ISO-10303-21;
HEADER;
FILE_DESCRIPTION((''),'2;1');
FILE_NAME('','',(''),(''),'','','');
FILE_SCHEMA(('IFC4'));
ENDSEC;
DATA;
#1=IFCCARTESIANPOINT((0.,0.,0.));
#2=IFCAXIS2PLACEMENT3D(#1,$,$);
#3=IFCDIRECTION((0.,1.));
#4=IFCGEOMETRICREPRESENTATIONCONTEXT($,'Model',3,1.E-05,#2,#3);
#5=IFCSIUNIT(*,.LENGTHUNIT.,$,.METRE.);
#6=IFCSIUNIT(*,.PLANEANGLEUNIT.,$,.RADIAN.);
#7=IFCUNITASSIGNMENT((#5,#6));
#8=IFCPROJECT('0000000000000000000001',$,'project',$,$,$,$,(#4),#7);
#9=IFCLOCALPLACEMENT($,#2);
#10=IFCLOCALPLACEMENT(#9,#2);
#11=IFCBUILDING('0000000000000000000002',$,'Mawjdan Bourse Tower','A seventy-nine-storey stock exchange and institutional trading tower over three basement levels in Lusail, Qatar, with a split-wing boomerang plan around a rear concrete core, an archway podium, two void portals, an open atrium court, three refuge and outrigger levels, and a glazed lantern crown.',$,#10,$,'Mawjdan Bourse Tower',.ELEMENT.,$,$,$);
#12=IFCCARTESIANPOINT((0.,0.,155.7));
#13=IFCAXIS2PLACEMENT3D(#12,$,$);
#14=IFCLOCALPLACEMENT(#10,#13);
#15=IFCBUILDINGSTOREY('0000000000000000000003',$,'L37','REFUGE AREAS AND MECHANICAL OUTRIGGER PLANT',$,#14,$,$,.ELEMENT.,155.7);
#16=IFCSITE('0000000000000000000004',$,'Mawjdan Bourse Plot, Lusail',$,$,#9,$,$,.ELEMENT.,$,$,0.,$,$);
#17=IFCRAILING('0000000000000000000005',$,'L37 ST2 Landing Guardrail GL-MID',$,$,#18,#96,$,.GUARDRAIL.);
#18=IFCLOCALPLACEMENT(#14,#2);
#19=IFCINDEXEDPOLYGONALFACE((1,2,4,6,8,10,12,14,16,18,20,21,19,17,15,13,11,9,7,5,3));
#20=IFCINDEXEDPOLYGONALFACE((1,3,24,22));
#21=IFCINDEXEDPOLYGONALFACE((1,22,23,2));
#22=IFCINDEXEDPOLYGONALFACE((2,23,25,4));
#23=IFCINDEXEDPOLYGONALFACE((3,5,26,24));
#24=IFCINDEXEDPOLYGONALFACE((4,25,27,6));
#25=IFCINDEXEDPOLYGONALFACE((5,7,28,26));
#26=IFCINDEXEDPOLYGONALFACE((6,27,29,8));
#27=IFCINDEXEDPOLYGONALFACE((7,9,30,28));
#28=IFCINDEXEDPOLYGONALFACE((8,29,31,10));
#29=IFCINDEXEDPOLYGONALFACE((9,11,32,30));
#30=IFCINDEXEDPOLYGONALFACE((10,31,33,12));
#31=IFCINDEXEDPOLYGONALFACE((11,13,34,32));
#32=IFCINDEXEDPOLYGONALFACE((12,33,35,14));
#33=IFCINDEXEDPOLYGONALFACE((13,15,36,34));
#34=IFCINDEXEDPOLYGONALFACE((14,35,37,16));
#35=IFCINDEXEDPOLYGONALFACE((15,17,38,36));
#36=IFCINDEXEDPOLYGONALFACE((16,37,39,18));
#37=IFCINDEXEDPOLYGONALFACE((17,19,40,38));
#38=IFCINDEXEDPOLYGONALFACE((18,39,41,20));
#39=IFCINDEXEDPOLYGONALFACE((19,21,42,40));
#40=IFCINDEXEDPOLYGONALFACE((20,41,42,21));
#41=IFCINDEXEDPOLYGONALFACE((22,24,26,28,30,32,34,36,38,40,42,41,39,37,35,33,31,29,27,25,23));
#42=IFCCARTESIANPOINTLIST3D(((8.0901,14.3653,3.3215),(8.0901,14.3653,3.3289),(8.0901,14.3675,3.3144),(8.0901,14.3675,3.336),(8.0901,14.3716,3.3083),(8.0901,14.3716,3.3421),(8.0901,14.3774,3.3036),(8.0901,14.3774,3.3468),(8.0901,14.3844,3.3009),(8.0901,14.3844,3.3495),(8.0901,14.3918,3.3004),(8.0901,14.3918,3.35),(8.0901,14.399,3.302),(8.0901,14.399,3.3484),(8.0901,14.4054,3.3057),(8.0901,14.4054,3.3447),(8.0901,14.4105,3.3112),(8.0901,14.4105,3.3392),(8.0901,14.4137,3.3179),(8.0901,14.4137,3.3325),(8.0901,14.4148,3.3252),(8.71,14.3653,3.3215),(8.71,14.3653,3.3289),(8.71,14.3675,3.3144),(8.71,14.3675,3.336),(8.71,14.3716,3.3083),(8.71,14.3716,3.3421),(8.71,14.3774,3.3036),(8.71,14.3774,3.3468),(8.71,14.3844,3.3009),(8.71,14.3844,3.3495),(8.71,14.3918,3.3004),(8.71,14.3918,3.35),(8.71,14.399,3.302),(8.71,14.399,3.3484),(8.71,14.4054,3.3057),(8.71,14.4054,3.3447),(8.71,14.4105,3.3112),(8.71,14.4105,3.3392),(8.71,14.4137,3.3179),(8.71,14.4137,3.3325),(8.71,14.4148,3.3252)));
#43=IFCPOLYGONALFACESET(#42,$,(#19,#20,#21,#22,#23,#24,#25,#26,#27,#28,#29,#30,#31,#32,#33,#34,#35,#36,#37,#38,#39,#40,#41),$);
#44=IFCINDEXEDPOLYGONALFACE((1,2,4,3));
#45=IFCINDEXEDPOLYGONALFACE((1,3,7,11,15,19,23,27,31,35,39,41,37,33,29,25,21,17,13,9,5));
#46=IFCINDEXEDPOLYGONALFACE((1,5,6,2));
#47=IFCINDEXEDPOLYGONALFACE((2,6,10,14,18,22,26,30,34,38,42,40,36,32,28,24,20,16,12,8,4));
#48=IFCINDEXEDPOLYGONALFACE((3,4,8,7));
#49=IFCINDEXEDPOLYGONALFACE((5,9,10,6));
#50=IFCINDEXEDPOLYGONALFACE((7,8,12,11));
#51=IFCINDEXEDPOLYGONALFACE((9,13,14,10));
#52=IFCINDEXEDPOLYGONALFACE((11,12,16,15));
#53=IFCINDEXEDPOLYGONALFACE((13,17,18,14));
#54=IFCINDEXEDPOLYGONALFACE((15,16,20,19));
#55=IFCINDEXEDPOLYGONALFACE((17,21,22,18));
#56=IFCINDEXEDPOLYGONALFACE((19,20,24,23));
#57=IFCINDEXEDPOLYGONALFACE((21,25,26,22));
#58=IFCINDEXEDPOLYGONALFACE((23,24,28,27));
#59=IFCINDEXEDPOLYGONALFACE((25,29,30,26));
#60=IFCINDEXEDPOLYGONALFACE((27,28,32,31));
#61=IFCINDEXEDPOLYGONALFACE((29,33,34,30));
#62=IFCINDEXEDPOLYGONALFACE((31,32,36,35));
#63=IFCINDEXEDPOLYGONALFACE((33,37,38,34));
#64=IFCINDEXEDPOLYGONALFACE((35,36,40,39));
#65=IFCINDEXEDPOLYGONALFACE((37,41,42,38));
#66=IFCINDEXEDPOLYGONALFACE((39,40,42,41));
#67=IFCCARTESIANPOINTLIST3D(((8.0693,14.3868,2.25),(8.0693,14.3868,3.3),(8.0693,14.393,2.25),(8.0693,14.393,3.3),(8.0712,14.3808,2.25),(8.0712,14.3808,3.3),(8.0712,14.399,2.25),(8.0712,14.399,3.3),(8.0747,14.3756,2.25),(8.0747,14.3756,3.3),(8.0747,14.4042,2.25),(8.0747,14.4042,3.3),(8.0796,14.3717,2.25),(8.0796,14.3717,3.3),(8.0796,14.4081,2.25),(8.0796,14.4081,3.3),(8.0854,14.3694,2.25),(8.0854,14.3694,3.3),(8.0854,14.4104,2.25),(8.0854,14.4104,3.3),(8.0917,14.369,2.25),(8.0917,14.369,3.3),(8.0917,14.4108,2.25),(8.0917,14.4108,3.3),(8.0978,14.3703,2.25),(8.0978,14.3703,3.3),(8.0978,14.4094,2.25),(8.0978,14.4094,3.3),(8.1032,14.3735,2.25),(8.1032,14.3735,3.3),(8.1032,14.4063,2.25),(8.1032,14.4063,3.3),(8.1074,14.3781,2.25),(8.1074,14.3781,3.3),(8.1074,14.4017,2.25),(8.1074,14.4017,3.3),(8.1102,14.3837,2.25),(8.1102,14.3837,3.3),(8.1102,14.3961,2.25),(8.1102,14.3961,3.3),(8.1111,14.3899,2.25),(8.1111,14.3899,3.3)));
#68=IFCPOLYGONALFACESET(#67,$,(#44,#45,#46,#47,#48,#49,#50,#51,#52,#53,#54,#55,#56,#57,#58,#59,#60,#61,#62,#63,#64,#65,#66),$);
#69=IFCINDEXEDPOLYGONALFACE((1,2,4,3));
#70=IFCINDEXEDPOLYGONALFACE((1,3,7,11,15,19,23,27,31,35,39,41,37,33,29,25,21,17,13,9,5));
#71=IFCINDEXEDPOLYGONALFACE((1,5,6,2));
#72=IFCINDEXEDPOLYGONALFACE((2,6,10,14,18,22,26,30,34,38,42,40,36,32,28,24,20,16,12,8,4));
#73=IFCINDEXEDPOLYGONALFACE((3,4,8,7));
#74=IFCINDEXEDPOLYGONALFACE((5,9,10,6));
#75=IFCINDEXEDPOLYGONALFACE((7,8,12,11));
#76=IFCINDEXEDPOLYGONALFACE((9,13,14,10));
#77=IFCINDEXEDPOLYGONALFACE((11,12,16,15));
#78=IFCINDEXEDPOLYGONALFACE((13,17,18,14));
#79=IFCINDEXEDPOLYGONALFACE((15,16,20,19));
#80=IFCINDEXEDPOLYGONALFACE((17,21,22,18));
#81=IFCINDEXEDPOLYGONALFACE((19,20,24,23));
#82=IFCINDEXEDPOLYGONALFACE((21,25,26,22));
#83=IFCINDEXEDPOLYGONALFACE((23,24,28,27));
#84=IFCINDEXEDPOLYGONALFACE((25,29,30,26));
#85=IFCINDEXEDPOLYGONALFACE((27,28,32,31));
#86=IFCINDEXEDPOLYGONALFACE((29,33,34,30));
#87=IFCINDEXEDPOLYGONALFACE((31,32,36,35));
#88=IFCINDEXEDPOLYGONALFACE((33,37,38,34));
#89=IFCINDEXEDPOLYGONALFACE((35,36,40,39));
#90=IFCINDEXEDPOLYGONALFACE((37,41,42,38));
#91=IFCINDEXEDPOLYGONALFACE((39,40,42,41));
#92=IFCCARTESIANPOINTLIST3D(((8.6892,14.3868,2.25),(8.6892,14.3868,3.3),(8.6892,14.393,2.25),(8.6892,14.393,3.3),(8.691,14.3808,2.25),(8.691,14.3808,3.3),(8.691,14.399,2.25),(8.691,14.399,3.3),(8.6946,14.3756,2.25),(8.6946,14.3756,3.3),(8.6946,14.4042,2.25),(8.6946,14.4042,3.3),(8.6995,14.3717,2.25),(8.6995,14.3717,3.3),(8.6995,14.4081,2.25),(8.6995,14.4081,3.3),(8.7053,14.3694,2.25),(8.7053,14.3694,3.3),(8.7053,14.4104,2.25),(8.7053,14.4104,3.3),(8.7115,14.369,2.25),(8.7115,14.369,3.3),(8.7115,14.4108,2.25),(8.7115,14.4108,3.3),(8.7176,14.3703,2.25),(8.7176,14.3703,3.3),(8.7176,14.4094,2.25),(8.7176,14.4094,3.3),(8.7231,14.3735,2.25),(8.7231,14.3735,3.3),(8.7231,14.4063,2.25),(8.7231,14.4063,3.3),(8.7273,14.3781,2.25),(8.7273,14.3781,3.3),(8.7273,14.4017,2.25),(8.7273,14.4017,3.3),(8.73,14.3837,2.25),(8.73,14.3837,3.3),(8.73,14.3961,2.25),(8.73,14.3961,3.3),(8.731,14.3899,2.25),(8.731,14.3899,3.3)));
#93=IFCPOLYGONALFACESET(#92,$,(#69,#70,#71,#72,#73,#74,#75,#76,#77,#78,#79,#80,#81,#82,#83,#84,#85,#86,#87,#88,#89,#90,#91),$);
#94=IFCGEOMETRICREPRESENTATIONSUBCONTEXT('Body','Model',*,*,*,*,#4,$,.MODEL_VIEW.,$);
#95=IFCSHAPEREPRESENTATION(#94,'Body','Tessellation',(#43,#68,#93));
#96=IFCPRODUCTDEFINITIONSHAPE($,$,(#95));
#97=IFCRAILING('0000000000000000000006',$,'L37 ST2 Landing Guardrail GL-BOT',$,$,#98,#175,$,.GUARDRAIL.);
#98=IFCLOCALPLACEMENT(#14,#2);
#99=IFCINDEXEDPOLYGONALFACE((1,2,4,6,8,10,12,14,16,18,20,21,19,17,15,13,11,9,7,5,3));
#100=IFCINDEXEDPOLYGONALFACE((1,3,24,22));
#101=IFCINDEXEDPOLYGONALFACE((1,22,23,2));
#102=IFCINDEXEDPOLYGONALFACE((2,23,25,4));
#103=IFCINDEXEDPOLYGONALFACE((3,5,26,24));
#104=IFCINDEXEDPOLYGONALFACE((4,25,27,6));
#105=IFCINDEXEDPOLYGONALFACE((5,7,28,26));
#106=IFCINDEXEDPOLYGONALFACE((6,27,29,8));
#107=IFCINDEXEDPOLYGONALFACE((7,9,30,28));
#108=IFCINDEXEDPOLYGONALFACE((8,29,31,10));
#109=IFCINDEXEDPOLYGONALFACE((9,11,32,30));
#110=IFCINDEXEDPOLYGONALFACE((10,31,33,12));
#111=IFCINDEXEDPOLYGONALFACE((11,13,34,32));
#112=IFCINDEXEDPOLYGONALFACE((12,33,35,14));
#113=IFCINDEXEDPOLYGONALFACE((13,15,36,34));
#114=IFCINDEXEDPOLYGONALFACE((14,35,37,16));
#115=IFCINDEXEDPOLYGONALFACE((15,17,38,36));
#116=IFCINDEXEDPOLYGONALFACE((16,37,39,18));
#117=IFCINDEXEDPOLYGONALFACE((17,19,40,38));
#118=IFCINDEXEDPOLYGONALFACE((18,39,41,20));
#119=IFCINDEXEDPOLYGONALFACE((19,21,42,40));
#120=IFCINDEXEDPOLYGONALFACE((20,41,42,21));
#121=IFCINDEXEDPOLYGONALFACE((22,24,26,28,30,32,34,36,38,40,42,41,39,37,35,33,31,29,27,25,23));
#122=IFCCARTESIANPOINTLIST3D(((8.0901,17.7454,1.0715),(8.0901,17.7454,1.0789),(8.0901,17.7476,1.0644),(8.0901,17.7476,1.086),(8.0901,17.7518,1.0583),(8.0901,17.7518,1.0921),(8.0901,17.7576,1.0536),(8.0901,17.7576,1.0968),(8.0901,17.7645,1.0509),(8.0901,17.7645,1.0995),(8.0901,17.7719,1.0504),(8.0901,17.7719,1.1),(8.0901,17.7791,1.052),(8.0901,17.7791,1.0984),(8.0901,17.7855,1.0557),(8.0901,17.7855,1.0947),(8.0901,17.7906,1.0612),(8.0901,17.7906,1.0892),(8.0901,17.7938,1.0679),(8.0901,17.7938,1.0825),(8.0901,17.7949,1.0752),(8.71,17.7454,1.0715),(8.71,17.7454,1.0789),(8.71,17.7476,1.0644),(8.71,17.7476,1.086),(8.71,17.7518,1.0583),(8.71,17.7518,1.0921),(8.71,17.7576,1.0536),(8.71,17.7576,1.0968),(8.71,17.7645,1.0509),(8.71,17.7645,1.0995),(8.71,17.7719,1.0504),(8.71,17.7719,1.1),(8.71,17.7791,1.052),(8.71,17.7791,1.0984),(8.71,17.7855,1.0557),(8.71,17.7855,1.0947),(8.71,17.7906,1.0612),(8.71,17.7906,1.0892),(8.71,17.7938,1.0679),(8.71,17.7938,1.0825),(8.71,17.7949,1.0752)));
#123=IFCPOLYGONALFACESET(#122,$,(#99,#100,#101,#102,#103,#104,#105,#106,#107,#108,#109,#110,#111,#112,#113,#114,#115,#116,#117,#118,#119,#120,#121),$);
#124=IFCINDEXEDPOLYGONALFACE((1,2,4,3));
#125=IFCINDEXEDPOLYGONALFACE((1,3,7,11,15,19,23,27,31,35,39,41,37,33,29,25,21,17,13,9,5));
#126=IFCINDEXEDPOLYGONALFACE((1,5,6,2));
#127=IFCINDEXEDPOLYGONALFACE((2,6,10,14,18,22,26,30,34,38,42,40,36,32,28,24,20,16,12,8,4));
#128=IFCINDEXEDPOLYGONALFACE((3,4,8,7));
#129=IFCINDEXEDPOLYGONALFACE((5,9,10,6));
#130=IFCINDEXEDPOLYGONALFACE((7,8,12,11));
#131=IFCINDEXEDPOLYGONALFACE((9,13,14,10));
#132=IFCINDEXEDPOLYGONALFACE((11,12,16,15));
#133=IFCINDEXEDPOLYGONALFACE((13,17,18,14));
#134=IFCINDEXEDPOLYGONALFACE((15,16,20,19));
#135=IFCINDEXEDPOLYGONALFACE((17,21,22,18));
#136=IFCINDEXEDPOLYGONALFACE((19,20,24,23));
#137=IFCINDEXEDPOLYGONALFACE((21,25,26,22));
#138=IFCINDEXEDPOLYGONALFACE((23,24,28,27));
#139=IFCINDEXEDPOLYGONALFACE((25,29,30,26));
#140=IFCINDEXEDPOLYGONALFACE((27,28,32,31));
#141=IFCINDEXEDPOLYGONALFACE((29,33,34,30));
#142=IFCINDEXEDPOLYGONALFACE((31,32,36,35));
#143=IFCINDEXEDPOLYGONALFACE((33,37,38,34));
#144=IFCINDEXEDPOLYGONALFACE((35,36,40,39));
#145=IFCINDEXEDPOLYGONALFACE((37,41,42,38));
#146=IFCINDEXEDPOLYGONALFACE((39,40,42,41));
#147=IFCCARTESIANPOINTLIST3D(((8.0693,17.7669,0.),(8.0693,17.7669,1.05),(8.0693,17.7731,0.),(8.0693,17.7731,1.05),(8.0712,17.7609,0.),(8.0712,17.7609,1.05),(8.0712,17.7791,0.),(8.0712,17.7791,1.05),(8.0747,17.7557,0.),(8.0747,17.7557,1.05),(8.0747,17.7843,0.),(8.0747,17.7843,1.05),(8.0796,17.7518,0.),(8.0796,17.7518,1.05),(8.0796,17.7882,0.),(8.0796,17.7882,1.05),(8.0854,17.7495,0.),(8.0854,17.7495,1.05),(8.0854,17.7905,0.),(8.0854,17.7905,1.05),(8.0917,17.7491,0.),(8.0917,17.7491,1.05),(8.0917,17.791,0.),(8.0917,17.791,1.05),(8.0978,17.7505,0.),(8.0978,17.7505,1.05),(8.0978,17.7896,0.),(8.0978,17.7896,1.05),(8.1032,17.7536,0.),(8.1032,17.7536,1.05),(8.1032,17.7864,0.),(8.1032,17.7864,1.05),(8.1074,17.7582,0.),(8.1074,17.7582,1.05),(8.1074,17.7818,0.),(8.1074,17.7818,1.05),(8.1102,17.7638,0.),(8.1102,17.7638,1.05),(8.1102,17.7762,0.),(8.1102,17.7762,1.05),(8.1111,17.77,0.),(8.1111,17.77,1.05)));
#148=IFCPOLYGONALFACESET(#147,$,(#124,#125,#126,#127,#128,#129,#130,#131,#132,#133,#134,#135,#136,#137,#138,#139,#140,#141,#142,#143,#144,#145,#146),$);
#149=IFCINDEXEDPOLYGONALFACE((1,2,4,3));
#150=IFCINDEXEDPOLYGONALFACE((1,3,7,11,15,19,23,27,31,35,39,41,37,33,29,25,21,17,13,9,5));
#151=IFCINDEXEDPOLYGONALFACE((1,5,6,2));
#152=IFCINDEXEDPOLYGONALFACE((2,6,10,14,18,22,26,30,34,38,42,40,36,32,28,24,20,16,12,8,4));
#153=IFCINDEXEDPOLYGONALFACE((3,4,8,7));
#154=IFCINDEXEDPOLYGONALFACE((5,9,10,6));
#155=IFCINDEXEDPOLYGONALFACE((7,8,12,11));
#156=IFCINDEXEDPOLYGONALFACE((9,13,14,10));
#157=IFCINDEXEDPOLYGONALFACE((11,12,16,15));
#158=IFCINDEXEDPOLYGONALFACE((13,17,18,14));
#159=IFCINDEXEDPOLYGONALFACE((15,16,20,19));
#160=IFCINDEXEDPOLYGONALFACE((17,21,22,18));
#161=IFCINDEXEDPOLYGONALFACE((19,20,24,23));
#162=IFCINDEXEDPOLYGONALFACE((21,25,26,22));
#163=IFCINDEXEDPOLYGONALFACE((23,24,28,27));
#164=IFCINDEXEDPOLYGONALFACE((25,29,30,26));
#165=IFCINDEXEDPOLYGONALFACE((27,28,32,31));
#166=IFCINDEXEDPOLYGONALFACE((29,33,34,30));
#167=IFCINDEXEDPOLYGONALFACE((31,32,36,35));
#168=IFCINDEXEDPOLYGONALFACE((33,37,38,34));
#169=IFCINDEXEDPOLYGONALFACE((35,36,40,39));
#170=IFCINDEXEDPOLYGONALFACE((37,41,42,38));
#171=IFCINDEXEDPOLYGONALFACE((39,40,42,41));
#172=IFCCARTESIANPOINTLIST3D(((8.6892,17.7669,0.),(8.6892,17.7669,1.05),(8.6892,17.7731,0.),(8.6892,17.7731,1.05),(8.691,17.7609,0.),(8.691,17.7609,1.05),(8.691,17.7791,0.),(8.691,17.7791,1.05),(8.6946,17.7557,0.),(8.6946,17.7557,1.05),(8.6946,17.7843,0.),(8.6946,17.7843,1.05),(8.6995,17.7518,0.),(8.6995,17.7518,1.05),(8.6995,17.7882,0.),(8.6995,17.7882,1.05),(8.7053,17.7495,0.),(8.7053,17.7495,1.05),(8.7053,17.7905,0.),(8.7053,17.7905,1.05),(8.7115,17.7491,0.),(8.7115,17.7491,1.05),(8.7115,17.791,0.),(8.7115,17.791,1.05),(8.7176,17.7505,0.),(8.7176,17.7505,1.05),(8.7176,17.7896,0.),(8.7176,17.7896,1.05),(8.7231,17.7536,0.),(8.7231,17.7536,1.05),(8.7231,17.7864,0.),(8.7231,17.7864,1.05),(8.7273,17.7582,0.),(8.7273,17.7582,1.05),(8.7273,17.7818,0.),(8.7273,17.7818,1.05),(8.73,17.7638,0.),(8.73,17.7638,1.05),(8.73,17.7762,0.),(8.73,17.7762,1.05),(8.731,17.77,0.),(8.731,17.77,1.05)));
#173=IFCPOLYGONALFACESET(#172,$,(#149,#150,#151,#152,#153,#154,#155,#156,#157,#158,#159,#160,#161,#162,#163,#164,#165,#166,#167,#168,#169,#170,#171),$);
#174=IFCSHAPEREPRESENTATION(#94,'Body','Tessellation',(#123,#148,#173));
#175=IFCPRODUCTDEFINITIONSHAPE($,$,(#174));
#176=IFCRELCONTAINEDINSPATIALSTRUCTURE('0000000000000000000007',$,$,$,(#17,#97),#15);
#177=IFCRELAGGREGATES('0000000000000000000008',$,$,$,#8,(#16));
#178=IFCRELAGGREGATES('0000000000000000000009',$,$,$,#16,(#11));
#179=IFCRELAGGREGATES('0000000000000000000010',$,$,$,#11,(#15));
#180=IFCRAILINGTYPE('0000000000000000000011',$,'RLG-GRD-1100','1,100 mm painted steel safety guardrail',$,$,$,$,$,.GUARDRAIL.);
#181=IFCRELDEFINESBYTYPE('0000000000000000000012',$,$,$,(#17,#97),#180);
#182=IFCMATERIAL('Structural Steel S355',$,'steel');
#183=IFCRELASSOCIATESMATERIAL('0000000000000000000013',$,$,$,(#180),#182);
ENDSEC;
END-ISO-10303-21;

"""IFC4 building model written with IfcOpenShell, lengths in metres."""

from ifc_helpers import new_model, si_unit, direction, frame, origin, origin_2d, place, context, subcontext, project, spatial, circle, extrude, material, type_object, element, save


model = new_model("IFC4")

# Units and contexts
model_context = context("Model", 3, precision=1e-05, world=origin(), true_north=direction((0.0, 1.0)))
body_context = subcontext(model_context, "Body", "Model", "MODEL_VIEW")
ifc_project = project(units=[si_unit("LENGTHUNIT", "METRE"), si_unit("PLANEANGLEUNIT", "RADIAN")], contexts=[model_context])

# Site, building, storey
site_placement = place(None, origin())
site = spatial("IfcSite", under=ifc_project, at=site_placement, Name="Mawjdan Bourse Plot, Lusail", CompositionType="ELEMENT", RefElevation=0.0)
building_placement = place(site_placement, origin())
building = spatial("IfcBuilding", under=site, at=building_placement, Name="Mawjdan Bourse Tower", Description="A seventy-nine-storey stock exchange and institutional trading tower over three basement levels in Lusail, Qatar, with a split-wing boomerang plan around a rear concrete core, an archway podium, two void portals, an open atrium court, three refuge and outrigger levels, and a glazed lantern crown.", LongName="Mawjdan Bourse Tower", CompositionType="ELEMENT")
storey_placement = place(building_placement, frame((0.0, 0.0, 155.7)))
storey = spatial("IfcBuildingStorey", under=building, at=storey_placement, Name="L37", Description="REFUGE AREAS AND MECHANICAL OUTRIGGER PLANT", CompositionType="ELEMENT", Elevation=155.7)

# Shared definitions
ifc_material_1 = material(Name="Structural Steel S355", Category="steel")

# Railings
railing_type_1 = type_object("IfcRailingType", Name="RLG-GRD-1100", Description="1,100 mm painted steel safety guardrail", PredefinedType="GUARDRAIL", material=ifc_material_1)
for number, where, name in (
    (1, (8.0901, 14.3899, 2.25), "L37 ST2 Landing Guardrail GL-MID"),
    (2, (8.0901, 17.77, 0.0), "L37 ST2 Landing Guardrail GL-BOT"),
):
    element("IfcRailing", number, at=place(storey_placement, frame(where)), inside=storey, type_object=railing_type_1, Name=name, PredefinedType="GUARDRAIL", context=body_context, shape_type="SweptSolid", body=[
        extrude(circle(Radius=0.0249, at=origin_2d()), frame((0.0, 0.0, 1.0752), z_axis=(1.0, 0.0, 0.0), x_axis=(0.0, 1.0, 0.0)), (0.0, 0.0, 1.0), 0.6199),
        extrude(circle(Radius=0.021, at=origin_2d()), origin(), (0.0, 0.0, 1.0), 1.05),
        extrude(circle(Radius=0.021, at=origin_2d()), frame((0.6199, 0.0, 0.0)), (0.0, 0.0, 1.0), 1.05),
    ])

save(model, "model.ifc")
